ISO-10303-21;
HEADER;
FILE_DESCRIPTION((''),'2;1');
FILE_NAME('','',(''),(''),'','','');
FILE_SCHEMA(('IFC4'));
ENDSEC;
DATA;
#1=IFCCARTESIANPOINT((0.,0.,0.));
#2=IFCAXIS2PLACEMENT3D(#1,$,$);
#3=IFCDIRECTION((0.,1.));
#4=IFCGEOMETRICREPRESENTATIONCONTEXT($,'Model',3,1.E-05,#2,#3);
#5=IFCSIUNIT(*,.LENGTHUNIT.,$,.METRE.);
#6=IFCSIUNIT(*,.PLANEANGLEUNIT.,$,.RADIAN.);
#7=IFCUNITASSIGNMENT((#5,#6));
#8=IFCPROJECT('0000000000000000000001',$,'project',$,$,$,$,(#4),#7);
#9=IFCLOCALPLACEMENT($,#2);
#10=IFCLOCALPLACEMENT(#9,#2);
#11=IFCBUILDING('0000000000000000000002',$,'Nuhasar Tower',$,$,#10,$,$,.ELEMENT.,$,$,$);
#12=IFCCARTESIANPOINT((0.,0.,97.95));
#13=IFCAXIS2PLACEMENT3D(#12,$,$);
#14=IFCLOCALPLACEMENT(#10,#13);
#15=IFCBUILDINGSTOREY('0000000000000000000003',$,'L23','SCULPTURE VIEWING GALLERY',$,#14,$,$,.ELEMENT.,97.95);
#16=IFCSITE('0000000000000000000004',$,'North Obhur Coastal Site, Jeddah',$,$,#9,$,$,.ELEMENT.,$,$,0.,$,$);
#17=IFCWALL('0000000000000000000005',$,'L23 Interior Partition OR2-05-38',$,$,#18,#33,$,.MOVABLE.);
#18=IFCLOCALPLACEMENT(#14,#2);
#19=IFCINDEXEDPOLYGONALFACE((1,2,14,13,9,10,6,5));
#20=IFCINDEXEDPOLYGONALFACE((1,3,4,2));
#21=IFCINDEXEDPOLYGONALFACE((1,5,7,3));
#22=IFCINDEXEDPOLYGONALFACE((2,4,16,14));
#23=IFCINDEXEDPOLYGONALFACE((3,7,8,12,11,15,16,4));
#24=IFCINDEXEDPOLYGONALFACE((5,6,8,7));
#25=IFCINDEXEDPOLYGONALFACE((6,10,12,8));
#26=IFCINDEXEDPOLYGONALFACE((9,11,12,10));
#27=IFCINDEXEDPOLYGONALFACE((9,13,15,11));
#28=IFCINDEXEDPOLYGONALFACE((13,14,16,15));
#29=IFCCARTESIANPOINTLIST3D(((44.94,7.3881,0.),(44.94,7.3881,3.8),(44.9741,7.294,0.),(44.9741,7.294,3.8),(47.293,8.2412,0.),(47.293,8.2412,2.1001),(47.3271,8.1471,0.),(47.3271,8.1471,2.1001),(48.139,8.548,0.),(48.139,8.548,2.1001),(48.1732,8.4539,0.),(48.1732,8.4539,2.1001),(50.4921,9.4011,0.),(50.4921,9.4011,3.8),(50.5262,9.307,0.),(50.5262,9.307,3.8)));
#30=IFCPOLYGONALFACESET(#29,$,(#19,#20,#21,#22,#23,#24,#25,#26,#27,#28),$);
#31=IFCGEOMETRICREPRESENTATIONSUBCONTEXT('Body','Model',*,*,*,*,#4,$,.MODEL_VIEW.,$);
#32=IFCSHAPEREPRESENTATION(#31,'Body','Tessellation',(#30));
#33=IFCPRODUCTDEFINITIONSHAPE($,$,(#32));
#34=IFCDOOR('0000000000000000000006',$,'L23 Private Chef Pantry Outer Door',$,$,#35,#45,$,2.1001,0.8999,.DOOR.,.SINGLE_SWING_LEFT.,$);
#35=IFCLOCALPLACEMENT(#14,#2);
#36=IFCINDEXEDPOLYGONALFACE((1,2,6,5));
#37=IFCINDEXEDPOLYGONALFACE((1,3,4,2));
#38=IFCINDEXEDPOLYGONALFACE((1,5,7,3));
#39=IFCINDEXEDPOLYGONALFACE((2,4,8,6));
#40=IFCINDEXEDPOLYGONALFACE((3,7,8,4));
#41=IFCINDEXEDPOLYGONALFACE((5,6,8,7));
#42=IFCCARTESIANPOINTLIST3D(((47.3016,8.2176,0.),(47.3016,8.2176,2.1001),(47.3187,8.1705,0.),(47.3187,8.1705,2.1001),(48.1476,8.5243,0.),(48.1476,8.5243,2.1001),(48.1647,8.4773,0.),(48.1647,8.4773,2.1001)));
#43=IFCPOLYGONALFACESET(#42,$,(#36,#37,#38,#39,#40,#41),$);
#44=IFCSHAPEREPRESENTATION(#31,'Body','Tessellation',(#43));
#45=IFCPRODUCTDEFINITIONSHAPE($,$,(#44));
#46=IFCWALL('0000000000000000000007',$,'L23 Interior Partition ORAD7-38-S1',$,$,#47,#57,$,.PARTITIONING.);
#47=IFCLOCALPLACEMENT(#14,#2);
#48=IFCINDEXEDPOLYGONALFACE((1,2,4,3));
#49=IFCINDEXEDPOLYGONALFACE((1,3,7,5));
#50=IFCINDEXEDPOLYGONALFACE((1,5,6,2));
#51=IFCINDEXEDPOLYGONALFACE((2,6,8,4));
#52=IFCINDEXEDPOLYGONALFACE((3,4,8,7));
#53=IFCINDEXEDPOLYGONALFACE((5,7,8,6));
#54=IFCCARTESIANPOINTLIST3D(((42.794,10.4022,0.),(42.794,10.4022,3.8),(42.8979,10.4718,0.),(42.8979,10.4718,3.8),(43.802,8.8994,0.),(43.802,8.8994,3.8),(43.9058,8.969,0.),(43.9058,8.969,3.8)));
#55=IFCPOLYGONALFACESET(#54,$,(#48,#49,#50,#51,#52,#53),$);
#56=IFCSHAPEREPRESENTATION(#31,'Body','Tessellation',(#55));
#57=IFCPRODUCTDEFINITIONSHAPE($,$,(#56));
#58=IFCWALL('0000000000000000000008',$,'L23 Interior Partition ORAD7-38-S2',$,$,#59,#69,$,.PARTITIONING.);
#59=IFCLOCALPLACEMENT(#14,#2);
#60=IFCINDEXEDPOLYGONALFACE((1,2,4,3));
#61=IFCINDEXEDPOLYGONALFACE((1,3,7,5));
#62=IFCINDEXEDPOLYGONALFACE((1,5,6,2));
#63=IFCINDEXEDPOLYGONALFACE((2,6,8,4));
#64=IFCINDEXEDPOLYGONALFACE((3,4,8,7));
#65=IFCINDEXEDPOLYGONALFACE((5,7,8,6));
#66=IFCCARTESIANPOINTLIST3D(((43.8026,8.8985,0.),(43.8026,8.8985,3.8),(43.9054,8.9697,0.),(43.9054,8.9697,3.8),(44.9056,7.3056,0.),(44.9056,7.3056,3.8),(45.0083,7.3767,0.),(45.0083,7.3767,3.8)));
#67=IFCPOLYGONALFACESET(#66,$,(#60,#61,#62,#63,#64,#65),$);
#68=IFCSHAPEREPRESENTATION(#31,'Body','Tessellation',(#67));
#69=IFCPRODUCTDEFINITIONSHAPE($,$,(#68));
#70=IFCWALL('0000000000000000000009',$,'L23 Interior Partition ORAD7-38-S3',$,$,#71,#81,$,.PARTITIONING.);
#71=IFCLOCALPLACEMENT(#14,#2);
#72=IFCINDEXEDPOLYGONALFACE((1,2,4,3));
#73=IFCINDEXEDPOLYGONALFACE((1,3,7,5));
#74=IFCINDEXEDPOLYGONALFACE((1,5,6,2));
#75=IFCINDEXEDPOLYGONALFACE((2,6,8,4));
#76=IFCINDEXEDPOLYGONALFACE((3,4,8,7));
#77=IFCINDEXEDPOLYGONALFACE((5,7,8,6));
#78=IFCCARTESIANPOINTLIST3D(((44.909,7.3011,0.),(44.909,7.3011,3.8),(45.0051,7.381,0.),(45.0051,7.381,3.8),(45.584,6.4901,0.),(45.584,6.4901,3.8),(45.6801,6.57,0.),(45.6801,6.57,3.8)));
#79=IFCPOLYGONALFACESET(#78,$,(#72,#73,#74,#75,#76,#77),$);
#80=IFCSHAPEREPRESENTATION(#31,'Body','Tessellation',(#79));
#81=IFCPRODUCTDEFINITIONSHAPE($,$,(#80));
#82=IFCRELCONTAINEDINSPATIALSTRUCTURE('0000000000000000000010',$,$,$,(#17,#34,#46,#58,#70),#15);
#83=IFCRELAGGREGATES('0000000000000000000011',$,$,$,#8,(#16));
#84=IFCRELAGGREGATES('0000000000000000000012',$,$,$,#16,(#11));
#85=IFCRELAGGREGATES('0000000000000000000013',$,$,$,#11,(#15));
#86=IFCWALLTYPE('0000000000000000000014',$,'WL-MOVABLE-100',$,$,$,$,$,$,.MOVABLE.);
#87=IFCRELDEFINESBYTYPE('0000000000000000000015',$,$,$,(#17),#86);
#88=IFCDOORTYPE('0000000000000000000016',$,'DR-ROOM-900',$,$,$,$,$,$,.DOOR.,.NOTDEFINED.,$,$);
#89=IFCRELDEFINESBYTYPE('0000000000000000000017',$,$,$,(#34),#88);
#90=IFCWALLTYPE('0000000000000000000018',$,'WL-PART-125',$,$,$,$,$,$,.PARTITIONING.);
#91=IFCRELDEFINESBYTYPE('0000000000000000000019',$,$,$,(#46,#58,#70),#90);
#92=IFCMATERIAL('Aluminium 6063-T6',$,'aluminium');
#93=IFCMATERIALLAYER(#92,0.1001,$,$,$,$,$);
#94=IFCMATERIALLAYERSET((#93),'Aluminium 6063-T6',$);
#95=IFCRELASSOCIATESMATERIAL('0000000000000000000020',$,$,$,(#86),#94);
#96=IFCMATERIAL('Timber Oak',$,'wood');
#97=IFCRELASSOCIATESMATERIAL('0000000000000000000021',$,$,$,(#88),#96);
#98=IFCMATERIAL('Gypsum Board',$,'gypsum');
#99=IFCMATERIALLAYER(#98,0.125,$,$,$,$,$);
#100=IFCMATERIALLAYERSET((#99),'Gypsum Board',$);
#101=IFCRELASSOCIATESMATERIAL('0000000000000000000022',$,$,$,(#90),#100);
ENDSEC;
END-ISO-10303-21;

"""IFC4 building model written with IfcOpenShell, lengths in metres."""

from ifc_helpers import new_model, si_unit, direction, frame, frame_2d, origin, place, context, subcontext, project, spatial, rectangle, extrude, material, layer, layer_set, type_object, element, fill, save


model = new_model("IFC4")

# Units and contexts
model_context = context("Model", 3, precision=1e-05, world=origin(), true_north=direction((0.0, 1.0)))
body_context = subcontext(model_context, "Body", "Model", "MODEL_VIEW")
ifc_project = project(units=[si_unit("LENGTHUNIT", "METRE"), si_unit("PLANEANGLEUNIT", "RADIAN")], contexts=[model_context])

# Site, building, storey
site_placement = place(None, origin())
site = spatial("IfcSite", under=ifc_project, at=site_placement, Name="North Obhur Coastal Site, Jeddah", CompositionType="ELEMENT", RefElevation=0.0)
building_placement = place(site_placement, origin())
building = spatial("IfcBuilding", under=site, at=building_placement, Name="Nuhasar Tower", CompositionType="ELEMENT")
storey_placement = place(building_placement, frame((0.0, 0.0, 97.95)))
storey = spatial("IfcBuildingStorey", under=building, at=storey_placement, Name="L23", Description="SCULPTURE VIEWING GALLERY", CompositionType="ELEMENT", Elevation=97.95)

# Shared definitions
ifc_material_1 = material(Name="Aluminium 6063-T6", Category="aluminium")

# Shared definitions
ifc_material_2 = material(Name="Gypsum Board", Category="gypsum")

# Shared definitions
ifc_material_3 = material(Name="Timber Oak", Category="wood")

# Shared definitions
ifc_layer_1 = layer(ifc_material_1, 0.1001)
ifc_layer_set_1 = layer_set([ifc_layer_1], Name="Aluminium 6063-T6")
wall_type_1 = type_object("IfcWallType", Name="WL-MOVABLE-100", PredefinedType="MOVABLE", material=ifc_layer_set_1)

# Wall, opening, door
wall_1_placement = place(storey_placement, frame((44.957, 7.3411, 0.0), z_axis=(0.0, 0.0, 1.0), x_axis=(0.940118, 0.34085, 0.0)))
wall_1 = element("IfcWall", 1, at=wall_1_placement, inside=storey, type_object=wall_type_1, Name="L23 Interior Partition OR2-05-38", PredefinedType="MOVABLE", context=body_context, shape_type="SweptSolid", body=[
    extrude(rectangle(XDim=5.9058, YDim=0.1001, at=frame_2d((2.9529, 0.0))), origin(), (0.0, 0.0, 1.0), 3.8),
])
opening_1_placement = place(wall_1_placement, frame((2.5029, 0.0, 0.0)))
opening_1 = element("IfcOpeningElement", 2, at=opening_1_placement, cuts=wall_1, PredefinedType="OPENING", context=body_context, shape_type="SweptSolid", body=[
    extrude(rectangle(XDim=0.8999, YDim=2.1001, at=frame_2d((0.45, 1.05))), frame((0.0, 0.0601, 0.0), z_axis=(0.0, -1.0, 0.0), x_axis=(1.0, 0.0, 0.0)), (0.0, 0.0, 1.0), 0.1201),
])
door_type_1 = type_object("IfcDoorType", Name="DR-ROOM-900", OperationType="NOTDEFINED", PredefinedType="DOOR", material=ifc_material_3)
door_1_placement = place(opening_1_placement, origin())
door_1 = element("IfcDoor", 3, at=door_1_placement, inside=storey, type_object=door_type_1, Name="L23 Private Chef Pantry Outer Door", OperationType="SINGLE_SWING_LEFT", OverallHeight=2.1001, OverallWidth=0.8999, PredefinedType="DOOR", context=body_context, shape_type="SweptSolid", body=[
    extrude(rectangle(XDim=0.8999, YDim=2.1001, at=frame_2d((0.45, 1.05))), frame((0.0, 0.0249, 0.0), z_axis=(0.0, -1.0, 0.0), x_axis=(1.0, 0.0, 0.0)), (0.0, 0.0, 1.0), 0.05),
])
fill(opening_1, door_1)

# Walls
ifc_layer_2 = layer(ifc_material_2, 0.125)
ifc_layer_set_2 = layer_set([ifc_layer_2], Name="Gypsum Board")
wall_type_2 = type_object("IfcWallType", Name="WL-PART-125", PredefinedType="PARTITIONING", material=ifc_layer_set_2)
wall_2_placement = place(storey_placement, frame((42.8459, 10.437, 0.0), z_axis=(0.0, 0.0, 1.0), x_axis=(0.557033, -0.83049, 0.0)))
element("IfcWall", 4, at=wall_2_placement, inside=storey, type_object=wall_type_2, Name="L23 Interior Partition ORAD7-38-S1", PredefinedType="PARTITIONING", context=body_context, shape_type="SweptSolid", body=[
    extrude(rectangle(XDim=1.8096, YDim=0.125, at=frame_2d((0.9048, 0.0))), origin(), (0.0, 0.0, 1.0), 3.8),
])
wall_3_placement = place(storey_placement, frame((43.854, 8.9341, 0.0), z_axis=(0.0, 0.0, 1.0), x_axis=(0.569269, -0.822151, 0.0)))
element("IfcWall", 5, at=wall_3_placement, inside=storey, type_object=wall_type_2, Name="L23 Interior Partition ORAD7-38-S2", PredefinedType="PARTITIONING", context=body_context, shape_type="SweptSolid", body=[
    extrude(rectangle(XDim=1.9375, YDim=0.125, at=frame_2d((0.9688, 0.0))), origin(), (0.0, 0.0, 1.0), 3.8),
])
wall_4_placement = place(storey_placement, frame((44.957, 7.3411, 0.0), z_axis=(0.0, 0.0, 1.0), x_axis=(0.639729, -0.7686, 0.0)))
element("IfcWall", 6, at=wall_4_placement, inside=storey, type_object=wall_type_2, Name="L23 Interior Partition ORAD7-38-S3", PredefinedType="PARTITIONING", context=body_context, shape_type="SweptSolid", body=[
    extrude(rectangle(XDim=1.0552, YDim=0.125, at=frame_2d((0.5276, 0.0))), origin(), (0.0, 0.0, 1.0), 3.8),
])

save(model, "model.ifc")
